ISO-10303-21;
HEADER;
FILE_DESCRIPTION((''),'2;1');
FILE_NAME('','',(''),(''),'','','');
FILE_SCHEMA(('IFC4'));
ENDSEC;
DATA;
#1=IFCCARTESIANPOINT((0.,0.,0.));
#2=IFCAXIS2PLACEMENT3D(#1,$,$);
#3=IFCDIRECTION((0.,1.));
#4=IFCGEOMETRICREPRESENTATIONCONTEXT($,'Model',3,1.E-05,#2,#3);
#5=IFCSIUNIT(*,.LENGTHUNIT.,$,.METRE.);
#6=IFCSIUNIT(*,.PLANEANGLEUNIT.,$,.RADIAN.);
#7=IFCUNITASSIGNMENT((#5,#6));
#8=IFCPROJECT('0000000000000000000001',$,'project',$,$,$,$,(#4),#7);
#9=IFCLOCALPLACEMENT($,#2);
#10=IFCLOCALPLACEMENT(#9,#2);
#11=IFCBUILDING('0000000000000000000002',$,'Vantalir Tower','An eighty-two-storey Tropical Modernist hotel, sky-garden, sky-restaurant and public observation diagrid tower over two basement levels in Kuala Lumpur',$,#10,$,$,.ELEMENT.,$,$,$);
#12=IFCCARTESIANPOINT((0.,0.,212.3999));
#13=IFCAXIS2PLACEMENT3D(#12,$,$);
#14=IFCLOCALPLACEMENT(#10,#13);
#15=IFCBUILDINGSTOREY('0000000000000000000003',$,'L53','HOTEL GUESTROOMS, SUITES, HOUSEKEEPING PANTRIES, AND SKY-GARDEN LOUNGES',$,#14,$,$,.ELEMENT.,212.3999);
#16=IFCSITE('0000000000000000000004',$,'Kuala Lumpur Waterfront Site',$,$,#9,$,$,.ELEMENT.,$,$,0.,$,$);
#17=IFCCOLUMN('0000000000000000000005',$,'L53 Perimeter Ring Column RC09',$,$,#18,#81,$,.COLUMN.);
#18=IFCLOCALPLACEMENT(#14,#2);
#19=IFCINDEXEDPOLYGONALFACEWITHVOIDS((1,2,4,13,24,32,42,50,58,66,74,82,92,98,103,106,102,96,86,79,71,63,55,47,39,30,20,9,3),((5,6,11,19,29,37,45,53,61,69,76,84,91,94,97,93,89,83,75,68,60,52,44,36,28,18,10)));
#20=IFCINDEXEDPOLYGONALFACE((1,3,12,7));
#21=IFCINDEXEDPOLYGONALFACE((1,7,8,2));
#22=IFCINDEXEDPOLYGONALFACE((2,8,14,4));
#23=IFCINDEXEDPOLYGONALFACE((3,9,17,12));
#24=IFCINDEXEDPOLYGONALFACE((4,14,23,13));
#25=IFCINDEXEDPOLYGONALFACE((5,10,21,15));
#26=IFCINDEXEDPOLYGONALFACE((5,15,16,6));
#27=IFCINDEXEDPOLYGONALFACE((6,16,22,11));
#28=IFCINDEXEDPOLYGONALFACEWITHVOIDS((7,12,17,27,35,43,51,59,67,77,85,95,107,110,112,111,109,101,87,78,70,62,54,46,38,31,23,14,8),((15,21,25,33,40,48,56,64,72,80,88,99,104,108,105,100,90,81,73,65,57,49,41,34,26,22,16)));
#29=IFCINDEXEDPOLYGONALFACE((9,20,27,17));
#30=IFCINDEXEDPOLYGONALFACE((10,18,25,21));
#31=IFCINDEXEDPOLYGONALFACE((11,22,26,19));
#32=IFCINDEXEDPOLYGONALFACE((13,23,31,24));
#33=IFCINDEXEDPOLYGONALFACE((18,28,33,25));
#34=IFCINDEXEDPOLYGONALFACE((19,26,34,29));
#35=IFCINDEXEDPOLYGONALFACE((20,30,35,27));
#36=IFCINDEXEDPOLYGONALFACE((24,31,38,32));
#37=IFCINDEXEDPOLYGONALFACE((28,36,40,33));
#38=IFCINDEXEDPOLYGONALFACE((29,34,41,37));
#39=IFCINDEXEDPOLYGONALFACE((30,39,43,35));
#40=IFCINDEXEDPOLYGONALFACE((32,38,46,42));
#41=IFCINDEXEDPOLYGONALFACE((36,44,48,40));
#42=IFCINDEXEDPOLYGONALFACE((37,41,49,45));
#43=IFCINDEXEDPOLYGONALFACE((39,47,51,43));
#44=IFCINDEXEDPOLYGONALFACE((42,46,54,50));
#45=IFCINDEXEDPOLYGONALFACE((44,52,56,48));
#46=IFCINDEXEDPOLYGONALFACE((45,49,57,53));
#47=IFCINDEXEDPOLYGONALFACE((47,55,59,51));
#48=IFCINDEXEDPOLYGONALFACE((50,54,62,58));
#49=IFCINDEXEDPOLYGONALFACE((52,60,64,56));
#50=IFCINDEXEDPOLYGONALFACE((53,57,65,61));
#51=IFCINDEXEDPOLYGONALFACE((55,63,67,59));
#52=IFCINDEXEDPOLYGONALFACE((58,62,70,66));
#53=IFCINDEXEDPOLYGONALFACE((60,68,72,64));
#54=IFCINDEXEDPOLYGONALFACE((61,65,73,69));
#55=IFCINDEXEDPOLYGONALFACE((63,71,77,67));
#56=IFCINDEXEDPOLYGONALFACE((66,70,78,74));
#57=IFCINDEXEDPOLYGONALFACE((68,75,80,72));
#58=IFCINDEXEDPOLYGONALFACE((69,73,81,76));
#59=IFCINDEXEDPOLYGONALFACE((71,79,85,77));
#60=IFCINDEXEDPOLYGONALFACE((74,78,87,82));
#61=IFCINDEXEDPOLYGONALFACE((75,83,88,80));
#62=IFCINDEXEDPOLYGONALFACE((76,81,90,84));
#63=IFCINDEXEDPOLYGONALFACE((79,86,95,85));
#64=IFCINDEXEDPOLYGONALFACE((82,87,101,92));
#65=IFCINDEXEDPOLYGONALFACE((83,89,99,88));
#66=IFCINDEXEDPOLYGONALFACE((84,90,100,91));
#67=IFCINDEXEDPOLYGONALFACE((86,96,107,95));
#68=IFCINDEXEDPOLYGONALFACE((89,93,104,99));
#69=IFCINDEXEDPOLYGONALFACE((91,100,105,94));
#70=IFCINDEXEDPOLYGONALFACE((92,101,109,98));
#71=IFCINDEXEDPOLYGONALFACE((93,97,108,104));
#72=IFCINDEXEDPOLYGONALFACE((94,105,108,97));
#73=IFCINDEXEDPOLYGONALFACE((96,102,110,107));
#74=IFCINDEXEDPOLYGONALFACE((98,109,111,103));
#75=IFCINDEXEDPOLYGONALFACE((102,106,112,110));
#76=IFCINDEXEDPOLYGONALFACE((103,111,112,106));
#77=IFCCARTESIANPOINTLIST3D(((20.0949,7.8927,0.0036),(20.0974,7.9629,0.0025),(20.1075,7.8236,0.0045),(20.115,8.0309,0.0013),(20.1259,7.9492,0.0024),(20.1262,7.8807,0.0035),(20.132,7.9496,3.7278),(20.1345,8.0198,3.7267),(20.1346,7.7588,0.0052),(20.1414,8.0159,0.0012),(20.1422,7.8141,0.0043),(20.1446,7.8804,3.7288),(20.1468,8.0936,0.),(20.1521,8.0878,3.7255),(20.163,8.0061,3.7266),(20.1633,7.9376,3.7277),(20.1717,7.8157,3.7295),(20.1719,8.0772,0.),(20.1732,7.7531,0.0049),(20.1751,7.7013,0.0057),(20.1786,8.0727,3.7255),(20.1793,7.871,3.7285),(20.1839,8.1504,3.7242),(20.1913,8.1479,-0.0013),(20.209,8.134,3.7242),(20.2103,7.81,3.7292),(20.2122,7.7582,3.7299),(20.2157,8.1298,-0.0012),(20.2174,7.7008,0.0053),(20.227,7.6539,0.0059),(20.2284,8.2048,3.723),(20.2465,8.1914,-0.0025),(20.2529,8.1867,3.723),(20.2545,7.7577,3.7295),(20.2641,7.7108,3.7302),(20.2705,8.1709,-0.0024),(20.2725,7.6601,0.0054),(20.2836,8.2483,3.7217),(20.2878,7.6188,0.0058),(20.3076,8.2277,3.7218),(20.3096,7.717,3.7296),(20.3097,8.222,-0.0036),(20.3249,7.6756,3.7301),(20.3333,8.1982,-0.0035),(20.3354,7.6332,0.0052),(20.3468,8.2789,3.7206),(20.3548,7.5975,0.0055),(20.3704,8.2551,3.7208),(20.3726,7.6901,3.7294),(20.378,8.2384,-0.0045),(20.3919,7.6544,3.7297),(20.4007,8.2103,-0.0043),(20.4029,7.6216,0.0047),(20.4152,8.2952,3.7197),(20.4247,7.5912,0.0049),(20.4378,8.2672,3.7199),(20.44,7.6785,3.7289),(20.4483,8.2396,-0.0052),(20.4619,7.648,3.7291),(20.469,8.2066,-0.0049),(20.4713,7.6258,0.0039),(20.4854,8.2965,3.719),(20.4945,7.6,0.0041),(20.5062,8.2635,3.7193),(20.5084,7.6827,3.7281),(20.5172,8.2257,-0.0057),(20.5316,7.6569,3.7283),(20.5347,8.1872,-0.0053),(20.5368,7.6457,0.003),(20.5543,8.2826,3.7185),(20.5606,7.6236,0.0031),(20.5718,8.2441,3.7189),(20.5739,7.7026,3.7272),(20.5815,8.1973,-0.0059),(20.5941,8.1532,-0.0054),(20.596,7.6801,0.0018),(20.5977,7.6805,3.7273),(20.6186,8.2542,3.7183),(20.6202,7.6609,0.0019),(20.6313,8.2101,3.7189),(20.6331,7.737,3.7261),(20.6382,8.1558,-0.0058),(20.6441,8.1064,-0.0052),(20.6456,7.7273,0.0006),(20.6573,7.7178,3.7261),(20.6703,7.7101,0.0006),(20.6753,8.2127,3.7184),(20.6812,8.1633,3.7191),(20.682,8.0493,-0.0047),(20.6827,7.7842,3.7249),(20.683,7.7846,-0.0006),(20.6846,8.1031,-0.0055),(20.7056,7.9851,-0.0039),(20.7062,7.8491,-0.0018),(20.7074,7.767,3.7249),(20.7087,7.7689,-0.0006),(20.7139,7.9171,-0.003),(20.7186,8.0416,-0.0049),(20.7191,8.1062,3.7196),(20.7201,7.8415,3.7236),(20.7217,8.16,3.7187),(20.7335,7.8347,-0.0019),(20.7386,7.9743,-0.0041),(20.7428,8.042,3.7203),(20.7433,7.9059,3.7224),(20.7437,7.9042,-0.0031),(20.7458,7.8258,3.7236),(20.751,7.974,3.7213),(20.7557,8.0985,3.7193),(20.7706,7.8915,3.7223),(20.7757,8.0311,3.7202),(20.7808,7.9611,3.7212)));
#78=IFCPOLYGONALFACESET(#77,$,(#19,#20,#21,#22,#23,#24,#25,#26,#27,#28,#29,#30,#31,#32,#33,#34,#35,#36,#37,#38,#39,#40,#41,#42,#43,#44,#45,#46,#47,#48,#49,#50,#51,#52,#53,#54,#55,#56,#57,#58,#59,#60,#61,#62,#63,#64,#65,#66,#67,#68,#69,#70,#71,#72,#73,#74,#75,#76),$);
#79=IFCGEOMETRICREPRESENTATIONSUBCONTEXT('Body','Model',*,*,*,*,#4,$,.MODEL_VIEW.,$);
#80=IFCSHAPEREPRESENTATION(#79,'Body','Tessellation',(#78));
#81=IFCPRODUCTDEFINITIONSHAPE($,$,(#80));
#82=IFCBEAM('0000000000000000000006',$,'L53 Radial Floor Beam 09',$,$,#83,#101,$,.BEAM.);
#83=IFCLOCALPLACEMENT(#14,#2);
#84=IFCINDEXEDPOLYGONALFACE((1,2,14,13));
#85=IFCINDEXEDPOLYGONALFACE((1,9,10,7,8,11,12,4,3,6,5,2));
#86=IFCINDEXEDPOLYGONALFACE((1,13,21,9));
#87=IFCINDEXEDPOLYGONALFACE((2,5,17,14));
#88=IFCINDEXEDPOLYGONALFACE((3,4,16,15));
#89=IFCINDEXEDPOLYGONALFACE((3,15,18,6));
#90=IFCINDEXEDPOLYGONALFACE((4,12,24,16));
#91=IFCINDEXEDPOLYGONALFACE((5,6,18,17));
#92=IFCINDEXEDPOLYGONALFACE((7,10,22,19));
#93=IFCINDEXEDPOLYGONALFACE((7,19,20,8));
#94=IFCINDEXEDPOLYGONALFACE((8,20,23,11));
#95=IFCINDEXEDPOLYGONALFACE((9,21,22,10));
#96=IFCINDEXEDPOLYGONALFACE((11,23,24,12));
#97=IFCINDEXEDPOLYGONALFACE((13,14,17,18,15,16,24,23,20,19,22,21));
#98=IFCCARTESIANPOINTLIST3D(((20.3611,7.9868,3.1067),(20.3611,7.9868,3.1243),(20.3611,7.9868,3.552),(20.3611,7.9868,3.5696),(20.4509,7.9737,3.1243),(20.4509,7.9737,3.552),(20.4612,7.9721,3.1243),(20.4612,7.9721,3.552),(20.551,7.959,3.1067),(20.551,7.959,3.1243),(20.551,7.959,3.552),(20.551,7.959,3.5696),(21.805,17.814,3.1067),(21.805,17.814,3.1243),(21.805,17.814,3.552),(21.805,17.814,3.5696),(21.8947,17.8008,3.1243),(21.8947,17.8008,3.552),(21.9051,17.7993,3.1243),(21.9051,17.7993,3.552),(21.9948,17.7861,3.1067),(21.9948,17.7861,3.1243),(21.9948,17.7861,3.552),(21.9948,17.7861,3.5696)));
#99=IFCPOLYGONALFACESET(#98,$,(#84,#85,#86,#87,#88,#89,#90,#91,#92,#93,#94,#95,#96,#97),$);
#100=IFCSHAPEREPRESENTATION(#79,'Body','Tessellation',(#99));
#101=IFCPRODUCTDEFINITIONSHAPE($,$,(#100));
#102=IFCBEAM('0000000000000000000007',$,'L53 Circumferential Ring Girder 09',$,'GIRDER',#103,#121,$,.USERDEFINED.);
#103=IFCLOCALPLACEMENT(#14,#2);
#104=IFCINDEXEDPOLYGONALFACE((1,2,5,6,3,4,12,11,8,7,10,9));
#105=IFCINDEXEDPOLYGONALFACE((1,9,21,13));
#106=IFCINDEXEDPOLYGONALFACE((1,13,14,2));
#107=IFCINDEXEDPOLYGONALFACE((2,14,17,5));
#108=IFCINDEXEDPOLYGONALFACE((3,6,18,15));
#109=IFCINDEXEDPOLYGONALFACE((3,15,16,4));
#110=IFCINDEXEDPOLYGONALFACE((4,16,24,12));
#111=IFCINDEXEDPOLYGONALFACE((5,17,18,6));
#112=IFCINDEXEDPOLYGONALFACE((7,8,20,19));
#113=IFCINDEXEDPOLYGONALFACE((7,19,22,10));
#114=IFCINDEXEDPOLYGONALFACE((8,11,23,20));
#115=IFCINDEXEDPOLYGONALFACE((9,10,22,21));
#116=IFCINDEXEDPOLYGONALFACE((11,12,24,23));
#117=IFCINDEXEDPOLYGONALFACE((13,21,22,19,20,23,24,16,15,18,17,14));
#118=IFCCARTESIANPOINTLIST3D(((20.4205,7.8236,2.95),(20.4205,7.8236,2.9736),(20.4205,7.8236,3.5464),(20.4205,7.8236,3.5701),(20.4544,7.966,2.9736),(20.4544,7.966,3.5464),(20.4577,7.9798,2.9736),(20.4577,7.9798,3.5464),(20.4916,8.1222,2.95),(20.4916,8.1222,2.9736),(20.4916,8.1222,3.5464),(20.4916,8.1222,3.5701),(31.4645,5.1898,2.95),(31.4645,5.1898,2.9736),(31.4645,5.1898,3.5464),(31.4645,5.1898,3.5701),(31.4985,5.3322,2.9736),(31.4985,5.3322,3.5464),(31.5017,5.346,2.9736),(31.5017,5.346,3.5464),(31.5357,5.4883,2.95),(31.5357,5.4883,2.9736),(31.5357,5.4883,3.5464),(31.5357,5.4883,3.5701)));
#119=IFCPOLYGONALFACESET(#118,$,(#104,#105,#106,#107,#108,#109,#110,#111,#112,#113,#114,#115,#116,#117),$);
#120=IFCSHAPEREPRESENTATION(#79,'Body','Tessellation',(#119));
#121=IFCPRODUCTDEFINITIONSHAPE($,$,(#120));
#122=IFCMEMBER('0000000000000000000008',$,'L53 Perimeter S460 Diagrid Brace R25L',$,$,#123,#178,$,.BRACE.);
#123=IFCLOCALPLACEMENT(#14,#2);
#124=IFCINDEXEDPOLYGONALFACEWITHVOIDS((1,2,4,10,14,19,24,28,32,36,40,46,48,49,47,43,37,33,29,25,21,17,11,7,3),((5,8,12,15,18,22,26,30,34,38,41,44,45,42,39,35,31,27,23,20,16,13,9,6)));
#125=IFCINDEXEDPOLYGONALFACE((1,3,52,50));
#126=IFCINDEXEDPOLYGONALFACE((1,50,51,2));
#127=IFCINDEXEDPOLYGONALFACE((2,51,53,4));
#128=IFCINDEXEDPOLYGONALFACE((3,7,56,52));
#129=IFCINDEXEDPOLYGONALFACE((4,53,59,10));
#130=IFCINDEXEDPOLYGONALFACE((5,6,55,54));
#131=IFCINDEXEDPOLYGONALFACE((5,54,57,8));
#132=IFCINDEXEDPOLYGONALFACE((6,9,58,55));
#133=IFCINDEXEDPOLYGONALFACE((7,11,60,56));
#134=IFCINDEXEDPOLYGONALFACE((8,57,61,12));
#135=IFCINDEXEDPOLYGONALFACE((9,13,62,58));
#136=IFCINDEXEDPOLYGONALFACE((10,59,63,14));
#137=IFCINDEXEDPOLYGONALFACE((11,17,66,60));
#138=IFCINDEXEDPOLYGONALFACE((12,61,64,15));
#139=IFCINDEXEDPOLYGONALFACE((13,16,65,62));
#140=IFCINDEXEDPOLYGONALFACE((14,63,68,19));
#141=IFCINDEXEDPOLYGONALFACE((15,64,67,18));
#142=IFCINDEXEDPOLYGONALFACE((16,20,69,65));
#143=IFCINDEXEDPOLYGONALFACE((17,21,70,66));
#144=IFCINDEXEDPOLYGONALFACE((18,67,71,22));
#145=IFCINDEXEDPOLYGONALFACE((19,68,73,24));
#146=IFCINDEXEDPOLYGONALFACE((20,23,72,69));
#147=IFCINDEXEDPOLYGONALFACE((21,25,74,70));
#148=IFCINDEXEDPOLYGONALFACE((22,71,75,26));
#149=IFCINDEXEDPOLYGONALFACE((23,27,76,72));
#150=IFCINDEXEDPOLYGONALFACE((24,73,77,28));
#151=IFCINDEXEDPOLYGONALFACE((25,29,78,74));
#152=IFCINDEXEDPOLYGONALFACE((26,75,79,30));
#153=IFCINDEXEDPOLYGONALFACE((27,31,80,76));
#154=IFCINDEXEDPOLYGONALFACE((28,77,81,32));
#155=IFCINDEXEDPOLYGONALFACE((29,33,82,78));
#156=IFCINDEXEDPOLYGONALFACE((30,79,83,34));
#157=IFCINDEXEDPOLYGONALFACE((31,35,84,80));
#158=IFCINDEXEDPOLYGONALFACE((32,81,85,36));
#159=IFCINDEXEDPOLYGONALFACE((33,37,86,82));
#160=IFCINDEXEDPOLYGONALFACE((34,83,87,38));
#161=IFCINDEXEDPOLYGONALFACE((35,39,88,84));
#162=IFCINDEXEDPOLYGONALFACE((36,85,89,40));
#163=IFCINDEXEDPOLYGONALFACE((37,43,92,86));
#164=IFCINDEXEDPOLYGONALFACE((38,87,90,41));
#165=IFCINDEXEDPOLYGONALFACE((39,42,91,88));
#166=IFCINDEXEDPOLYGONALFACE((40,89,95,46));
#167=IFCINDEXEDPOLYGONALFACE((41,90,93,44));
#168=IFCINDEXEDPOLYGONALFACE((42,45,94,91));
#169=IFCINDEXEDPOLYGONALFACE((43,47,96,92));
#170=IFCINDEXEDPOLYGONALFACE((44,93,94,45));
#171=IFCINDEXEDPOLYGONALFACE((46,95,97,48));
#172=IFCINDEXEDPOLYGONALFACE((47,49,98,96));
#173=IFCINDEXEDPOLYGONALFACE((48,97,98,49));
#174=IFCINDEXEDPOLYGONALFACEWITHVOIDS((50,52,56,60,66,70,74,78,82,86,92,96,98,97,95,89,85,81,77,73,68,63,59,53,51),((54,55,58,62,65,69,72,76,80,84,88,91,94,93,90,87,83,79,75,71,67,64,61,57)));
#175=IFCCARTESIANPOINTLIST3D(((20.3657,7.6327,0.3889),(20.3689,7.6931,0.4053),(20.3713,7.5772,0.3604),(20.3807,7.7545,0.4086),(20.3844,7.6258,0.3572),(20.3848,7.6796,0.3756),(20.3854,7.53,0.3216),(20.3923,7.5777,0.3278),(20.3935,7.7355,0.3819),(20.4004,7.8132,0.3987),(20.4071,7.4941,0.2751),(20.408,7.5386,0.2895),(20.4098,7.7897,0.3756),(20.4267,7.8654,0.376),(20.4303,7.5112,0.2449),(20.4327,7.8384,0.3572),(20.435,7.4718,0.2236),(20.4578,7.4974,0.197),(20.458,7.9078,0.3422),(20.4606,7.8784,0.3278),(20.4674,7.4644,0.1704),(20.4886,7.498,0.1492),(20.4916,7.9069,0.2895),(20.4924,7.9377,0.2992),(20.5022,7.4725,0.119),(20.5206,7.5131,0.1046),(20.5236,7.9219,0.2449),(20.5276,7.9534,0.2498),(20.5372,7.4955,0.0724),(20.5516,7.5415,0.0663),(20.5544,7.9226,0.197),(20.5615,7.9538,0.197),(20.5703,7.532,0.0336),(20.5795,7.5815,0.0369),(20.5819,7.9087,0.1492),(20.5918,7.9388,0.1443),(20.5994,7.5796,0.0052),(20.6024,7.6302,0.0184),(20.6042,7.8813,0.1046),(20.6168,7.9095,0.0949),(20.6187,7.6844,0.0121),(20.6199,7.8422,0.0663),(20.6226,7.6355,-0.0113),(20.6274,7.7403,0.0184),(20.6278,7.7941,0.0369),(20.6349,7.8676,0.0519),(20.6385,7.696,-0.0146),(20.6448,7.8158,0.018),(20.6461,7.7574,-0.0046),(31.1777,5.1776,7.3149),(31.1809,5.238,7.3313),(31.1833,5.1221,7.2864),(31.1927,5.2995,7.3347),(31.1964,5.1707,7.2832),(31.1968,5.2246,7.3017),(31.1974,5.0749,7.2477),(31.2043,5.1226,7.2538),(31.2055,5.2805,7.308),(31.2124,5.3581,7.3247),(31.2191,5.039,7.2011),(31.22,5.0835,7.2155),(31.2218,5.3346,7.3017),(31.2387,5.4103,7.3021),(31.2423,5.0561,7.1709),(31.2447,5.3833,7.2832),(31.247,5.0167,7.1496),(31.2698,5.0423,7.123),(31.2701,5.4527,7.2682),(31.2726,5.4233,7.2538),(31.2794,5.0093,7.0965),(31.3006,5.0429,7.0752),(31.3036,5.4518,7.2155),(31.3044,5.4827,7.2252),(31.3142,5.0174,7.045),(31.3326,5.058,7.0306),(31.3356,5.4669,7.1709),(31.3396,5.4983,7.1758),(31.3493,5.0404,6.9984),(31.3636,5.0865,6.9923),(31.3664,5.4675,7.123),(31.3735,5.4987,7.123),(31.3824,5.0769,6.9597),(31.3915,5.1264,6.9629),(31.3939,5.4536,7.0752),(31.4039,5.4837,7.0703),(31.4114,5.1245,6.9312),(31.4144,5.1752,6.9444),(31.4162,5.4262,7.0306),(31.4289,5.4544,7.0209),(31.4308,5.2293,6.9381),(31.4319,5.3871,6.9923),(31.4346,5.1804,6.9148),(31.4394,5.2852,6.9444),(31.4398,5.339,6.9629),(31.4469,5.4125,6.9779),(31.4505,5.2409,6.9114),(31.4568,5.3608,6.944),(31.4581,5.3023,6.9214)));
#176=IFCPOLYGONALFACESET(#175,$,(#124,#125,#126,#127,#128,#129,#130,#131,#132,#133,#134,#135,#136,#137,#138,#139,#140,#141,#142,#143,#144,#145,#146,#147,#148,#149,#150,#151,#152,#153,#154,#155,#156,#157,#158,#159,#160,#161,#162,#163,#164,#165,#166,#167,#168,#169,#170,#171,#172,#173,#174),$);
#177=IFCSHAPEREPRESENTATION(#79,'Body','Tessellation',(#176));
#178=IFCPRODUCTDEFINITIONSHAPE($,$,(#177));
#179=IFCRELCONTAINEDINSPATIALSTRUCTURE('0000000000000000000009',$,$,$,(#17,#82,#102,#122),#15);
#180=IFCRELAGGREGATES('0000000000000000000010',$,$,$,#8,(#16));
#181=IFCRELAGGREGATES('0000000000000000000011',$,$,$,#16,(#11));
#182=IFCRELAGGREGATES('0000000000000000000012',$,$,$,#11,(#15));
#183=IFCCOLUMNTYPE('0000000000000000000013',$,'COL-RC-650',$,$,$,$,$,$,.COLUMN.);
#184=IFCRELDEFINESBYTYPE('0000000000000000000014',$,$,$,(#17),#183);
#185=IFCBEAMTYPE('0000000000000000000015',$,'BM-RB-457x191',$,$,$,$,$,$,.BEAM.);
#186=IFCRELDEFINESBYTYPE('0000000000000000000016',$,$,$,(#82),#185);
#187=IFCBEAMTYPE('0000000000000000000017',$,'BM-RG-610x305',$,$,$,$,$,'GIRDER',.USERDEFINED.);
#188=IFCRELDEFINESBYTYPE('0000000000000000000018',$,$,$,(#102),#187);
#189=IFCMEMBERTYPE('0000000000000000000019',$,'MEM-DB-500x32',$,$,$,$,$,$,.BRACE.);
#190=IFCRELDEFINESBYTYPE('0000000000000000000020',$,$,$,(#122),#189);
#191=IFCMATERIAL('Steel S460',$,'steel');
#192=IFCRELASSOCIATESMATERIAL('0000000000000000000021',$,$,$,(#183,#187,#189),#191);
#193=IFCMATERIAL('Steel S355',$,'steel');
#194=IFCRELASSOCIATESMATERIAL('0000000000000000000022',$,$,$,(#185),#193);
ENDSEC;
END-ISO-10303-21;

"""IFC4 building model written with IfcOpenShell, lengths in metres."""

from ifc_helpers import new_model, si_unit, direction, frame, origin, origin_2d, place, context, subcontext, project, spatial, hollow_circle, i_section, extrude, material, material_profile, profile_set, type_object, element, save


model = new_model("IFC4")

# Units and contexts
model_context = context("Model", 3, precision=1e-05, world=origin(), true_north=direction((0.0, 1.0)))
body_context = subcontext(model_context, "Body", "Model", "MODEL_VIEW")
ifc_project = project(units=[si_unit("LENGTHUNIT", "METRE"), si_unit("PLANEANGLEUNIT", "RADIAN")], contexts=[model_context])

# Site, building, storey
site_placement = place(None, origin())
site = spatial("IfcSite", under=ifc_project, at=site_placement, Name="Kuala Lumpur Waterfront Site", CompositionType="ELEMENT", RefElevation=0.0)
building_placement = place(site_placement, origin())
building = spatial("IfcBuilding", under=site, at=building_placement, Name="Vantalir Tower", Description="An eighty-two-storey Tropical Modernist hotel, sky-garden, sky-restaurant and public observation diagrid tower over two basement levels in Kuala Lumpur", CompositionType="ELEMENT")
storey_placement = place(building_placement, frame((0.0, 0.0, 212.3999)))
storey = spatial("IfcBuildingStorey", under=building, at=storey_placement, Name="L53", Description="HOTEL GUESTROOMS, SUITES, HOUSEKEEPING PANTRIES, AND SKY-GARDEN LOUNGES", CompositionType="ELEMENT", Elevation=212.3999)

# Column
ifc_material_1 = material(Name="Steel S460", Category="steel")
ifc_material_profile_1 = material_profile(ifc_material_1, hollow_circle(Radius=0.325, WallThickness=0.03, at=origin_2d()), Name="Steel S460")
ifc_profile_set_1 = profile_set([ifc_material_profile_1], Name="Steel S460")
column_type = type_object("IfcColumnType", Name="COL-RC-650", PredefinedType="COLUMN", material=ifc_profile_set_1)
column_placement = place(storey_placement, frame((20.4189, 7.916, 0.0), z_axis=(0.009963, 0.015272, 0.999834), x_axis=(-0.837539, 0.546377, 0.0)))
element("IfcColumn", 1, at=column_placement, inside=storey, type_object=column_type, Name="L53 Perimeter Ring Column RC09", PredefinedType="COLUMN", context=body_context, shape_type="SweptSolid", body=[
    extrude(hollow_circle(Radius=0.325, WallThickness=0.03, at=origin_2d()), origin(), (0.0, 0.0, 1.0), 3.7249),
])

# Beams
ifc_material_2 = material(Name="Steel S355", Category="steel")
ifc_material_profile_2 = material_profile(ifc_material_2, i_section(OverallWidth=0.1919, OverallDepth=0.4629, WebThickness=0.0105, FlangeThickness=0.0176, at=origin_2d()), Name="Steel S355")
ifc_profile_set_2 = profile_set([ifc_material_profile_2], Name="Steel S355")
beam_type_1 = type_object("IfcBeamType", Name="BM-RB-457x191", PredefinedType="BEAM", material=ifc_profile_set_2)
beam_1_placement = place(storey_placement, frame((20.4561, 7.9729, 3.3381), z_axis=(0.145364, 0.989378, 0.0), x_axis=(-0.989378, 0.145364, 0.0)))
element("IfcBeam", 2, at=beam_1_placement, inside=storey, type_object=beam_type_1, Name="L53 Radial Floor Beam 09", PredefinedType="BEAM", context=body_context, shape_type="SweptSolid", body=[
    extrude(i_section(OverallWidth=0.1919, OverallDepth=0.4629, WebThickness=0.0105, FlangeThickness=0.0176, at=origin_2d()), origin(), (0.0, 0.0, 1.0), 9.9326),
])
ifc_material_profile_3 = material_profile(ifc_material_1, i_section(OverallWidth=0.3069, OverallDepth=0.6201, WebThickness=0.0142, FlangeThickness=0.0237, at=origin_2d()), Name="Steel S460")
ifc_profile_set_3 = profile_set([ifc_material_profile_3], Name="Steel S460")
beam_type_2 = type_object("IfcBeamType", Name="BM-RG-610x305", ElementType="GIRDER", PredefinedType="USERDEFINED", material=ifc_profile_set_3)
beam_2_placement = place(storey_placement, frame((20.4561, 7.9729, 3.26), z_axis=(0.972721, -0.231977, 0.0), x_axis=(0.231977, 0.972721, 0.0)))
element("IfcBeam", 3, at=beam_2_placement, inside=storey, type_object=beam_type_2, Name="L53 Circumferential Ring Girder 09", ObjectType="GIRDER", PredefinedType="USERDEFINED", context=body_context, shape_type="SweptSolid", body=[
    extrude(i_section(OverallWidth=0.3069, OverallDepth=0.6201, WebThickness=0.0142, FlangeThickness=0.0237, at=origin_2d()), origin(), (0.0, 0.0, 1.0), 11.3538),
])

# Member
ifc_material_profile_4 = material_profile(ifc_material_1, hollow_circle(Radius=0.25, WallThickness=0.032, at=origin_2d()), Name="Steel S460")
ifc_profile_set_4 = profile_set([ifc_material_profile_4], Name="Steel S460")
member_type = type_object("IfcMemberType", Name="MEM-DB-500x32", PredefinedType="BRACE", material=ifc_profile_set_4)
member_1_placement = place(storey_placement, frame((20.5061, 7.71, 0.197), z_axis=(0.827065, -0.187801, 0.529806), x_axis=(0.221433, 0.975176, 0.0)))
element("IfcMember", 4, at=member_1_placement, inside=storey, type_object=member_type, Name="L53 Perimeter S460 Diagrid Brace R25L", PredefinedType="BRACE", context=body_context, shape_type="SweptSolid", body=[
    extrude(hollow_circle(Radius=0.25, WallThickness=0.032, at=origin_2d()), origin(), (0.0, 0.0, 1.0), 13.0728),
])

save(model, "model.ifc")
